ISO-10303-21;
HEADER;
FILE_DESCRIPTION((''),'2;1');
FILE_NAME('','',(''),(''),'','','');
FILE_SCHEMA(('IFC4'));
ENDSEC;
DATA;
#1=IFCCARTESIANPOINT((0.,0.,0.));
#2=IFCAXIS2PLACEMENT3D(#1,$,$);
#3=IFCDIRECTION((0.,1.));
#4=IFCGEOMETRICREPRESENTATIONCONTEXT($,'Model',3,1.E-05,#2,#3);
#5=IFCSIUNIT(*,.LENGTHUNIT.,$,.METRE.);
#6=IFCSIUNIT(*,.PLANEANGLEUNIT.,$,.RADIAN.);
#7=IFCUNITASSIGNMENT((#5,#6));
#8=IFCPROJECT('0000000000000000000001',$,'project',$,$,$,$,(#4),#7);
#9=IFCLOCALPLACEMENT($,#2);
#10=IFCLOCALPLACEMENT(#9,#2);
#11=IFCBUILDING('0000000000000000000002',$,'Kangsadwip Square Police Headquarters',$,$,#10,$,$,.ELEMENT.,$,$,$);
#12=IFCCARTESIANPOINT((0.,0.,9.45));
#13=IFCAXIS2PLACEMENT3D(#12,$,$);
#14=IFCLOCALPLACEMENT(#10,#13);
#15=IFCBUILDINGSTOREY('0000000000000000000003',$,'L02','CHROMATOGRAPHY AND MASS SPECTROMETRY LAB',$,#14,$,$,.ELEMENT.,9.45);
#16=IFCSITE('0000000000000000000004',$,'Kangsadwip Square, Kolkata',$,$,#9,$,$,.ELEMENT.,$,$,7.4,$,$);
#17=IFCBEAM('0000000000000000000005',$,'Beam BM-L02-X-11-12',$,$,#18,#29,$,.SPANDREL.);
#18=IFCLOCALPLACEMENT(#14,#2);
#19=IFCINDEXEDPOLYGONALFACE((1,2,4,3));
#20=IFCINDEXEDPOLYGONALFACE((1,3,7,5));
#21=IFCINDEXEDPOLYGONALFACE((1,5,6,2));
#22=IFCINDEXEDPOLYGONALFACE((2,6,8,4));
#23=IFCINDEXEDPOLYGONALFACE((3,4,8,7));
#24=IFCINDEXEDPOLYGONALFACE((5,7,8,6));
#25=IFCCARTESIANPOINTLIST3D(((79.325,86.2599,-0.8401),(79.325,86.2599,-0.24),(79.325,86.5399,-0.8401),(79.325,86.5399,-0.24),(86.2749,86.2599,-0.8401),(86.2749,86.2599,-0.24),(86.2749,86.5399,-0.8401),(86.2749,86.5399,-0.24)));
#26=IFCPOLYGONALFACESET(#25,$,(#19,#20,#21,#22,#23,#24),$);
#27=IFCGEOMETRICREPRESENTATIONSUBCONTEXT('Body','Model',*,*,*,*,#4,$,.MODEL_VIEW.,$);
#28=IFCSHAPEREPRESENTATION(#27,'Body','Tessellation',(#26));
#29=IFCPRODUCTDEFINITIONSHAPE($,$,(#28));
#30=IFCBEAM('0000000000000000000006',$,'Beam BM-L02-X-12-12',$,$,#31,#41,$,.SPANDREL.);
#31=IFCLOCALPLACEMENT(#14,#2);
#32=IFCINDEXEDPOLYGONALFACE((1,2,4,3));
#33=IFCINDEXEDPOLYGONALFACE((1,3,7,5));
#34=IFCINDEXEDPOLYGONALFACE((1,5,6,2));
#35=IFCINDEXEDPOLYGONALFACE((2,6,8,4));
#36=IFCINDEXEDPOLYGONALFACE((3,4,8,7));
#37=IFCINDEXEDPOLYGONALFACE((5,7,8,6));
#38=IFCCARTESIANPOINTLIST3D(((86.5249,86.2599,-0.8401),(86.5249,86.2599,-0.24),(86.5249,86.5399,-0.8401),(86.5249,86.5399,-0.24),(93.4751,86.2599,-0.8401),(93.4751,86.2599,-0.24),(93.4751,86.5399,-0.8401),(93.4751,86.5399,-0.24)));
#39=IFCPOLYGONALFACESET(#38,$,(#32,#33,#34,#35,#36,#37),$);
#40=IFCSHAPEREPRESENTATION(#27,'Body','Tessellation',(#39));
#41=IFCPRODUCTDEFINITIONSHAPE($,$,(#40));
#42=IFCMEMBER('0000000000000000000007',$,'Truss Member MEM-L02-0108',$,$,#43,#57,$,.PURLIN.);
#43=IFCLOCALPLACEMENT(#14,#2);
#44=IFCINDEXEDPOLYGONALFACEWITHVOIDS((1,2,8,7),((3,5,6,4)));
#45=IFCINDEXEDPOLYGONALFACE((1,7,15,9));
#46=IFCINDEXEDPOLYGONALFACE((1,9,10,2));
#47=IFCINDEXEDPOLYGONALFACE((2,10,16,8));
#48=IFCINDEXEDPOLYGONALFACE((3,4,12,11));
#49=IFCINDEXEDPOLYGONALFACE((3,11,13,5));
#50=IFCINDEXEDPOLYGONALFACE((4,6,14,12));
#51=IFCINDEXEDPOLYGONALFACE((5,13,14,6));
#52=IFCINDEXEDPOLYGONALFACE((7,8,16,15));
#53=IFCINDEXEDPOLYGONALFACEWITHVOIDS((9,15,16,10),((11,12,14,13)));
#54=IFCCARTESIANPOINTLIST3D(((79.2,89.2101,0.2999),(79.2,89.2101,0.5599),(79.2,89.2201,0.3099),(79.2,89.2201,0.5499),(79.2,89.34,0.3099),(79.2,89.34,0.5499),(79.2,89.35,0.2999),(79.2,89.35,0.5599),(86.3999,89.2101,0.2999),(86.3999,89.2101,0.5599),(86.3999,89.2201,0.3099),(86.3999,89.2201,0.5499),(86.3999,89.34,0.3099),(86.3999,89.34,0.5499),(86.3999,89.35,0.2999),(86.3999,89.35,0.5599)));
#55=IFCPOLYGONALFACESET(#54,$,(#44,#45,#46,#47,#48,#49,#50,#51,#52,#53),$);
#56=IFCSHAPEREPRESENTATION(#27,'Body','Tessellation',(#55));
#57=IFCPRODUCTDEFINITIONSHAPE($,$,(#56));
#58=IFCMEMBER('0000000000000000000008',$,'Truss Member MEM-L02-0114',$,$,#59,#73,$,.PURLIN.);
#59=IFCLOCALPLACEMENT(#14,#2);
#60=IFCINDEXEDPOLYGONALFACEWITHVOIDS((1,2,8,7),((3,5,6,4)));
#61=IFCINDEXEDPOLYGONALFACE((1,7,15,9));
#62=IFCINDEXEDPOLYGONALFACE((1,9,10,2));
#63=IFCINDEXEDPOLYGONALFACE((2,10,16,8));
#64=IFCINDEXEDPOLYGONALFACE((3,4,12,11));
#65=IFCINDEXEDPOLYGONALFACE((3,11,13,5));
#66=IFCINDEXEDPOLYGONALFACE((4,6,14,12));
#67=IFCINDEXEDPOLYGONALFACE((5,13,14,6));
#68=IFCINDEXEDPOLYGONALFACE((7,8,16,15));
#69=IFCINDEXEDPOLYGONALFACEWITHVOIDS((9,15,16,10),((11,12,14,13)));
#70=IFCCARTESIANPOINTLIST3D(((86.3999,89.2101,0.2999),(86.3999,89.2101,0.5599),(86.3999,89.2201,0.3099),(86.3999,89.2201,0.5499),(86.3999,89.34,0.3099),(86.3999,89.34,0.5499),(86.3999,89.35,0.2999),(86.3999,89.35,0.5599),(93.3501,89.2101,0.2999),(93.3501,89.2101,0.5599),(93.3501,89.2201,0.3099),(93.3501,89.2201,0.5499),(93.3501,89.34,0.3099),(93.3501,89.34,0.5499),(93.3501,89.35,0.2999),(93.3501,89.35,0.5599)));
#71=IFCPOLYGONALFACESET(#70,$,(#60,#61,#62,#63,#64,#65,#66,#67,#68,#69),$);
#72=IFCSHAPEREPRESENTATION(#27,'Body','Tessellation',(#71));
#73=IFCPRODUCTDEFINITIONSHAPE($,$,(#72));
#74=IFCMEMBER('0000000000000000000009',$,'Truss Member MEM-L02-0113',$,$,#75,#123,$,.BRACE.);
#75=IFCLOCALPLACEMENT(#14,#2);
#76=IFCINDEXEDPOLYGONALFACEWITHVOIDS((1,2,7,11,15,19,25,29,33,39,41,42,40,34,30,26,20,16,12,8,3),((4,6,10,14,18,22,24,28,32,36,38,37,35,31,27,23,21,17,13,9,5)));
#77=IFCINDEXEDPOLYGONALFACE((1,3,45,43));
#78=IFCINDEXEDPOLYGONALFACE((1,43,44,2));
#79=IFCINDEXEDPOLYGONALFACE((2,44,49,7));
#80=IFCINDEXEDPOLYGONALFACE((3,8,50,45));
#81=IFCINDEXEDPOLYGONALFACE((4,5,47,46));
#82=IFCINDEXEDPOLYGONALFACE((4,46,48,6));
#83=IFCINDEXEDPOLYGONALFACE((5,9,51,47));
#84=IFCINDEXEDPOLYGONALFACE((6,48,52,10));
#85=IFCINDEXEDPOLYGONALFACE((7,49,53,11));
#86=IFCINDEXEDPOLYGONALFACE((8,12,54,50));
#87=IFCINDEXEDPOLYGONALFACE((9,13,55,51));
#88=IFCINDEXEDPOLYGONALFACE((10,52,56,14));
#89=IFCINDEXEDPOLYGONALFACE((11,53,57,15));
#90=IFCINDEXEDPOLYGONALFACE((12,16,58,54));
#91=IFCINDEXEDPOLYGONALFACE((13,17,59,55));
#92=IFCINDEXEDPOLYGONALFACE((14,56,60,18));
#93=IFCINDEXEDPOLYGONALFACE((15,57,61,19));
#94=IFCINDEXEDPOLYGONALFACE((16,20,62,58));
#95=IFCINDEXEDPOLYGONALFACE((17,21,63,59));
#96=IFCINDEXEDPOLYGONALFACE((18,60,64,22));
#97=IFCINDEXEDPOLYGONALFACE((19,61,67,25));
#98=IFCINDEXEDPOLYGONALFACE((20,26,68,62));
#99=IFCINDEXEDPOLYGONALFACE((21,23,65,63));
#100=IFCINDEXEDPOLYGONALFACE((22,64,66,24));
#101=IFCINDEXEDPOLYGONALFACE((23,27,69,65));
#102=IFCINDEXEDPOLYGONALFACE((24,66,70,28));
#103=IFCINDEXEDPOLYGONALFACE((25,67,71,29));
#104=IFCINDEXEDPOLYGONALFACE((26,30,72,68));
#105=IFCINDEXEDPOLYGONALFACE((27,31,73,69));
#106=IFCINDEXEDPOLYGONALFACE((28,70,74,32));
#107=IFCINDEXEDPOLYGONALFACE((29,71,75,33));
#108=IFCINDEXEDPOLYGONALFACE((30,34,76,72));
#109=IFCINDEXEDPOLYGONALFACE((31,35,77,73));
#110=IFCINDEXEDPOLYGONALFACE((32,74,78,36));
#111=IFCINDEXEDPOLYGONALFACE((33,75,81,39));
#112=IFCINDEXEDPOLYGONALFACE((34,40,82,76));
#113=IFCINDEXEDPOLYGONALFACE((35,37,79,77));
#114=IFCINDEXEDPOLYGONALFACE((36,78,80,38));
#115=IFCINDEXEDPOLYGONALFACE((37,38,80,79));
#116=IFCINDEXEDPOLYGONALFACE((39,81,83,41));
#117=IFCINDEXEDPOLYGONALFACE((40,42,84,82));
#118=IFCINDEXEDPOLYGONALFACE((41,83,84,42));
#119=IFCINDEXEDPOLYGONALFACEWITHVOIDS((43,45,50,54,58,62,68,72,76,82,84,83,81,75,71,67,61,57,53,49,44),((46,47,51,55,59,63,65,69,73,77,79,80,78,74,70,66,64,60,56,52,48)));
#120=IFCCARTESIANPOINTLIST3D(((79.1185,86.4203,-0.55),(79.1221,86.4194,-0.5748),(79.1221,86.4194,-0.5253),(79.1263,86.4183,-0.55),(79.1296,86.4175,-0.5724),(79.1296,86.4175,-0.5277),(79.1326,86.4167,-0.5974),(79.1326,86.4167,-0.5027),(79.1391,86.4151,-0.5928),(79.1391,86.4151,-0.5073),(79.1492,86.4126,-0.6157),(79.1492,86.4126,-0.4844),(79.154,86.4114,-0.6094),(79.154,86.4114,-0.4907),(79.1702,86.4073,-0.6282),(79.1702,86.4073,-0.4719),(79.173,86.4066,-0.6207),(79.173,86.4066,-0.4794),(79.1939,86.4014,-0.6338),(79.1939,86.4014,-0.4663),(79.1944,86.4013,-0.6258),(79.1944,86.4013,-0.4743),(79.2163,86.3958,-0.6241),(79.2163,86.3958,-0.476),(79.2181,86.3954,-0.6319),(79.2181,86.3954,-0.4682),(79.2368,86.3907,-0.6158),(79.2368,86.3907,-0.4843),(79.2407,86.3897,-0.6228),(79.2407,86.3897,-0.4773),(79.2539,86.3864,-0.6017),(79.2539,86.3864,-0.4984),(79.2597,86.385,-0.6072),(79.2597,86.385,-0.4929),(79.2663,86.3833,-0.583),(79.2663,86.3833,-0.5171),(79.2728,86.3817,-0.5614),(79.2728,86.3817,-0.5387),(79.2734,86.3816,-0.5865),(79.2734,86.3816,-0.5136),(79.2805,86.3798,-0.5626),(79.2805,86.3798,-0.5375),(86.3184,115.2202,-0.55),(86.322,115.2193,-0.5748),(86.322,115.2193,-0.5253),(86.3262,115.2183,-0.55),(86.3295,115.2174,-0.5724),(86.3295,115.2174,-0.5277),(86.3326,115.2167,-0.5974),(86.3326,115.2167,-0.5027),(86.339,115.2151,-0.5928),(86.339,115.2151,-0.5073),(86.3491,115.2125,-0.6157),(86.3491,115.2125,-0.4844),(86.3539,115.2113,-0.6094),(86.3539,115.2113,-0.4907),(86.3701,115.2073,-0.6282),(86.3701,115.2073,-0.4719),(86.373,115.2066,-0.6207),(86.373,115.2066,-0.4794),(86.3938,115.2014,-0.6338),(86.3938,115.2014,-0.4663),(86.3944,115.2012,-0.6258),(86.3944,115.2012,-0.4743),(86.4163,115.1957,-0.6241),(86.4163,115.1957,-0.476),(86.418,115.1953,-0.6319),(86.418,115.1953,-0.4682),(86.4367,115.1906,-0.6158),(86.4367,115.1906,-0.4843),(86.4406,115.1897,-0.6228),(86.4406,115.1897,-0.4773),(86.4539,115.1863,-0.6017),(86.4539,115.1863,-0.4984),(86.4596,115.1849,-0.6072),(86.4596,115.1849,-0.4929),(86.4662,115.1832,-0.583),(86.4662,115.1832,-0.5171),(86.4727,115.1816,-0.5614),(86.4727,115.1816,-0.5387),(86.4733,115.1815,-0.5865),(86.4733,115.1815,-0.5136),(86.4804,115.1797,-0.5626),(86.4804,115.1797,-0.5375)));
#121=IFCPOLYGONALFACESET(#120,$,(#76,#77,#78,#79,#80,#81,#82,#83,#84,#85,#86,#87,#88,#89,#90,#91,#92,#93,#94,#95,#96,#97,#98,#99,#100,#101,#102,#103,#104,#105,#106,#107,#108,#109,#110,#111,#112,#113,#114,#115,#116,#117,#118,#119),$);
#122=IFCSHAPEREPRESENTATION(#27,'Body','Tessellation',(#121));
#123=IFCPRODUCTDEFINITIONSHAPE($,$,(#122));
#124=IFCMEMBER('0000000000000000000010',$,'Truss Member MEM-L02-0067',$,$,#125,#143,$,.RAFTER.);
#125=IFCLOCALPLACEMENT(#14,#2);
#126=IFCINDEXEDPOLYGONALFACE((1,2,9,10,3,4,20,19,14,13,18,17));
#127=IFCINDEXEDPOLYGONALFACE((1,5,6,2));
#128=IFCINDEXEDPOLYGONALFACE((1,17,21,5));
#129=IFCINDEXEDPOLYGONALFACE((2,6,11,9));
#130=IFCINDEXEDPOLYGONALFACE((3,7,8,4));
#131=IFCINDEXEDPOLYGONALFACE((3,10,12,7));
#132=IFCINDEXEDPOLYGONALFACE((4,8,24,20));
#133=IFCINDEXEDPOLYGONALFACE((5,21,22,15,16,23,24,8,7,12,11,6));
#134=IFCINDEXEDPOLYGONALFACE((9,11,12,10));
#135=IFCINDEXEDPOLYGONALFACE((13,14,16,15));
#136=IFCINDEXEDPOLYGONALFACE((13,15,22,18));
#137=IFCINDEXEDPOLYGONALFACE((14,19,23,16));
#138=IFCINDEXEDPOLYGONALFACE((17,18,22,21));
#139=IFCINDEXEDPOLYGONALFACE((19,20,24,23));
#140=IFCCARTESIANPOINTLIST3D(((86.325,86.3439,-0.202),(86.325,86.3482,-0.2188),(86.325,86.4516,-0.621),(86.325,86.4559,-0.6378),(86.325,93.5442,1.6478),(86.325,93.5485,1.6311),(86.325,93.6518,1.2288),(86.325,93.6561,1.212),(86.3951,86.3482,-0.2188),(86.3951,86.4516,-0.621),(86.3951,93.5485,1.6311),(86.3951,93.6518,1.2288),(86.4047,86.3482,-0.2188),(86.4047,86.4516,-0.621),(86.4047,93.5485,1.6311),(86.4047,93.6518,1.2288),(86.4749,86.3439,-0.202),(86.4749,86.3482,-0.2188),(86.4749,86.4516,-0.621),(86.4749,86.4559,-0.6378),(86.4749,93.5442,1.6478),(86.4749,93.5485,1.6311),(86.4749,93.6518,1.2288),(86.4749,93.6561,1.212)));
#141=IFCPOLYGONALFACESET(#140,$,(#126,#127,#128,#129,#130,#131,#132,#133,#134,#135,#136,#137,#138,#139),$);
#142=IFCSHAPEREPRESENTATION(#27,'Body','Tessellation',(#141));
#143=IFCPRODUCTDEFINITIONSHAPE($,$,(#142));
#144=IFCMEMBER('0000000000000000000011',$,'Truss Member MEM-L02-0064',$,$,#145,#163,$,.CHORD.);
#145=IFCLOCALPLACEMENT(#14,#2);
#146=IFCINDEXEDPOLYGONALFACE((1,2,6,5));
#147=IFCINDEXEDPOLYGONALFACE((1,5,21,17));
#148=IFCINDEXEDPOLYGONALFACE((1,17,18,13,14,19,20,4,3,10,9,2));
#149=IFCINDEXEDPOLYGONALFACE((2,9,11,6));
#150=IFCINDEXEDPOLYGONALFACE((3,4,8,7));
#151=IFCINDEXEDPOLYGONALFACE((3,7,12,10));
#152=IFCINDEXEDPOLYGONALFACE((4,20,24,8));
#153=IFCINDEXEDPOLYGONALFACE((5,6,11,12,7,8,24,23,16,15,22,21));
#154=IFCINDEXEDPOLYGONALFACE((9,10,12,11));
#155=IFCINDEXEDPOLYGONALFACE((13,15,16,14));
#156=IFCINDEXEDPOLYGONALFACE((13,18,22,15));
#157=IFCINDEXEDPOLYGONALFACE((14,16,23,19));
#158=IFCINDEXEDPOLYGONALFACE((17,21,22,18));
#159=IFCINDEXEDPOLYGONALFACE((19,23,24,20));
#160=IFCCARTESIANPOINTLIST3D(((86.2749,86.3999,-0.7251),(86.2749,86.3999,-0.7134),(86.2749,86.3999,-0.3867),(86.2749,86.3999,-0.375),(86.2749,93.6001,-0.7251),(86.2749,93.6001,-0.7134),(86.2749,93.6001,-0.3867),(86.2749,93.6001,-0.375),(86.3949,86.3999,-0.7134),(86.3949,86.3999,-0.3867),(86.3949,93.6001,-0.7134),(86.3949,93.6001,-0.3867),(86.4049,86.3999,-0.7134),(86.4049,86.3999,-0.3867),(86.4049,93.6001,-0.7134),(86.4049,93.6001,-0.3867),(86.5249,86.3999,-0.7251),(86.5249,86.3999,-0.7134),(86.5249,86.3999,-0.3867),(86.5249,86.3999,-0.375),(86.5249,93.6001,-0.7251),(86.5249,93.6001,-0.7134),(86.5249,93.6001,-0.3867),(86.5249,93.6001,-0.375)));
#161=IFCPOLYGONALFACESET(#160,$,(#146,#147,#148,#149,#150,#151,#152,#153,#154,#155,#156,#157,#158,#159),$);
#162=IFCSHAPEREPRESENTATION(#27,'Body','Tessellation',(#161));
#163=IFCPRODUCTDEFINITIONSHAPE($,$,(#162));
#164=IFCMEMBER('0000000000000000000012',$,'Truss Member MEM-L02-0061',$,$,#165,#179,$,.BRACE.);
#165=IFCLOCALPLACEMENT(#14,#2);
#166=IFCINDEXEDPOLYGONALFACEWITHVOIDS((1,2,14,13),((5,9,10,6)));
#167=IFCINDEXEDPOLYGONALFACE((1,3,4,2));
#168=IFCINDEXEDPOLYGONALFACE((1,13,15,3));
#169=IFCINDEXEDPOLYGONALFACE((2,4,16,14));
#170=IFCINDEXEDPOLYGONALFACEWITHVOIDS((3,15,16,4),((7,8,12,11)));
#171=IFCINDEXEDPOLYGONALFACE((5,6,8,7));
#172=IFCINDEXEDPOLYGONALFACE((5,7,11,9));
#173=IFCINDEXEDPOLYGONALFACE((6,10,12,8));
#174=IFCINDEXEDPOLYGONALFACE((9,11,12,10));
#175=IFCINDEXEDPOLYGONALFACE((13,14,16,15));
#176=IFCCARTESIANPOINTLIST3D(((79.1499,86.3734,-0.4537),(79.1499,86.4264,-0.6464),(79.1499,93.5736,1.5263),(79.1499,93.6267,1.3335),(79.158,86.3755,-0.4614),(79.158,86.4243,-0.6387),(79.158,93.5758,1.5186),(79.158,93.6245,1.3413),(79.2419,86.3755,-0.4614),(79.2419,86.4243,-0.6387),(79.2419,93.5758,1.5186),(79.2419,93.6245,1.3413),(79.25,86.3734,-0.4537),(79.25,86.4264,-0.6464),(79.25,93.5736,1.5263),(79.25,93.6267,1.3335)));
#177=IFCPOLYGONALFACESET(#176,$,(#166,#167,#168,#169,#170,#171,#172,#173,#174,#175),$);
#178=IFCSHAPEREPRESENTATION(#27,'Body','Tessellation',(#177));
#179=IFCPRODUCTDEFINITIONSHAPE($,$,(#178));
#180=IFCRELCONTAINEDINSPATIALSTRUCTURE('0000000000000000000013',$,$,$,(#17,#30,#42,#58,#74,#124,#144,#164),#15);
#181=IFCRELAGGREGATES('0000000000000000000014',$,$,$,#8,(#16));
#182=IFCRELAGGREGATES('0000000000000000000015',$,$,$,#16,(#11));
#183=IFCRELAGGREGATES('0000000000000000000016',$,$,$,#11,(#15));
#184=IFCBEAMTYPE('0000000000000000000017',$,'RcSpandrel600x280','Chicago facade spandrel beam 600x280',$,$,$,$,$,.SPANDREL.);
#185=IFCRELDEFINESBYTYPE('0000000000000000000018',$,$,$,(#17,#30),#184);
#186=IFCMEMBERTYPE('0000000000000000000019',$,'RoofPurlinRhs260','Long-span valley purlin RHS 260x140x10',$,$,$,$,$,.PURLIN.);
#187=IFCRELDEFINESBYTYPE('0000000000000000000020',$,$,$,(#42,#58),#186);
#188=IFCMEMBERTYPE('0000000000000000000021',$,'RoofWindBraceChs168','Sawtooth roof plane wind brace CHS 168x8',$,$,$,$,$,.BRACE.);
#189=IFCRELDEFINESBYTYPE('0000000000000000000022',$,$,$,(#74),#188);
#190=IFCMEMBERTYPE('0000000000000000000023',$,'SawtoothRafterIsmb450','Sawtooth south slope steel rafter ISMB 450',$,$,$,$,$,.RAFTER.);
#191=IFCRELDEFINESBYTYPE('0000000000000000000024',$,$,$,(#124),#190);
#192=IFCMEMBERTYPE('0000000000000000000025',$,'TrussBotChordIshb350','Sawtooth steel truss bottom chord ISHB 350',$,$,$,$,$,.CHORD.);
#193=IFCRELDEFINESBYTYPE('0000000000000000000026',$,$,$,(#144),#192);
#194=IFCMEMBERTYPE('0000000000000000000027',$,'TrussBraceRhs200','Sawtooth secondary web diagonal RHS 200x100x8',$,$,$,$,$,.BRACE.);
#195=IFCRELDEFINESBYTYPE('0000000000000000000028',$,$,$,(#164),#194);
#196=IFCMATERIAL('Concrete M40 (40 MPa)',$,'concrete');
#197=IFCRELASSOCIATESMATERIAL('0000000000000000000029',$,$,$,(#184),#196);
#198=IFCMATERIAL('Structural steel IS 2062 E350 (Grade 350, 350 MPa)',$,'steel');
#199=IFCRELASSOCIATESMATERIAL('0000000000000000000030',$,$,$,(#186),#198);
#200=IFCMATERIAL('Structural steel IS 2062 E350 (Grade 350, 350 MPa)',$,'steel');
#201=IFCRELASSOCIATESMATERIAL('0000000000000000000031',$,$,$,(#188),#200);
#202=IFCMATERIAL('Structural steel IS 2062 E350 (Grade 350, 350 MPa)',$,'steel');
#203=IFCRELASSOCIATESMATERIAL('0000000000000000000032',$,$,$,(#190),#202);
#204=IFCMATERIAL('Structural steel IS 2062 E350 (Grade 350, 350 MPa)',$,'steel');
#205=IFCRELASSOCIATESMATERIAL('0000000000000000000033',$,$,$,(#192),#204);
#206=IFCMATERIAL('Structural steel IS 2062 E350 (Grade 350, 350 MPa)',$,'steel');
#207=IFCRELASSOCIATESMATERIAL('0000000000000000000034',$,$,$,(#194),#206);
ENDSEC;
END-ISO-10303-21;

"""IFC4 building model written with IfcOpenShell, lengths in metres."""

from ifc_helpers import new_model, si_unit, direction, frame, origin, origin_2d, place, context, subcontext, project, spatial, rectangle, hollow_rectangle, hollow_circle, i_section, extrude, material, material_profile, profile_set, type_object, element, save


model = new_model("IFC4")

# Units and contexts
model_context = context("Model", 3, precision=1e-05, world=origin(), true_north=direction((0.0, 1.0)))
body_context = subcontext(model_context, "Body", "Model", "MODEL_VIEW")
ifc_project = project(units=[si_unit("LENGTHUNIT", "METRE"), si_unit("PLANEANGLEUNIT", "RADIAN")], contexts=[model_context])

# Site, building, storey
site_placement = place(None, origin())
site = spatial("IfcSite", under=ifc_project, at=site_placement, Name="Kangsadwip Square, Kolkata", CompositionType="ELEMENT", RefElevation=7.4)
building_placement = place(site_placement, origin())
building = spatial("IfcBuilding", under=site, at=building_placement, Name="Kangsadwip Square Police Headquarters", CompositionType="ELEMENT")
storey_placement = place(building_placement, frame((0.0, 0.0, 9.45)))
storey = spatial("IfcBuildingStorey", under=building, at=storey_placement, Name="L02", Description="CHROMATOGRAPHY AND MASS SPECTROMETRY LAB", CompositionType="ELEMENT", Elevation=9.45)

# Beams
ifc_material_1 = material(Name="Concrete M40 (40 MPa)", Category="concrete")
ifc_material_profile_1 = material_profile(ifc_material_1, rectangle(XDim=0.28, YDim=0.6001, at=origin_2d()), Name="RC SPN 600X280")
ifc_profile_set_1 = profile_set([ifc_material_profile_1], Name="Concrete M40 (40 MPa)")
beam_type = type_object("IfcBeamType", Name="RcSpandrel600x280", Description="Chicago facade spandrel beam 600x280", PredefinedType="SPANDREL", material=ifc_profile_set_1)
beam_1_placement = place(storey_placement, frame((79.325, 86.3999, -0.54), z_axis=(1.0, 0.0, 0.0), x_axis=(0.0, 1.0, 0.0)))
element("IfcBeam", 1, at=beam_1_placement, inside=storey, type_object=beam_type, Name="Beam BM-L02-X-11-12", PredefinedType="SPANDREL", context=body_context, shape_type="SweptSolid", body=[
    extrude(rectangle(XDim=0.28, YDim=0.6001, at=origin_2d()), origin(), (0.0, 0.0, 1.0), 6.95),
])
beam_2_placement = place(storey_placement, frame((86.5249, 86.3999, -0.54), z_axis=(1.0, 0.0, 0.0), x_axis=(0.0, 1.0, 0.0)))
element("IfcBeam", 2, at=beam_2_placement, inside=storey, type_object=beam_type, Name="Beam BM-L02-X-12-12", PredefinedType="SPANDREL", context=body_context, shape_type="SweptSolid", body=[
    extrude(rectangle(XDim=0.28, YDim=0.6001, at=origin_2d()), origin(), (0.0, 0.0, 1.0), 6.9502),
])

# Members
ifc_material_2 = material(Name="Structural steel IS 2062 E350 (Grade 350, 350 MPa)", Category="steel")
ifc_material_profile_2 = material_profile(ifc_material_2, hollow_rectangle(XDim=0.1399, YDim=0.26, WallThickness=0.01, at=origin_2d()), Name="RHS 260X140X10")
ifc_profile_set_2 = profile_set([ifc_material_profile_2], Name="Structural steel IS 2062 E350 (Grade 350, 350 MPa)")
member_type_1 = type_object("IfcMemberType", Name="RoofPurlinRhs260", Description="Long-span valley purlin RHS 260x140x10", PredefinedType="PURLIN", material=ifc_profile_set_2)
member_1_placement = place(storey_placement, frame((79.2, 89.28, 0.4299), z_axis=(1.0, 0.0, 0.0), x_axis=(0.0, 1.0, 0.0)))
element("IfcMember", 3, at=member_1_placement, inside=storey, type_object=member_type_1, Name="Truss Member MEM-L02-0108", PredefinedType="PURLIN", context=body_context, shape_type="SweptSolid", body=[
    extrude(hollow_rectangle(XDim=0.1399, YDim=0.26, WallThickness=0.01, at=origin_2d()), origin(), (0.0, 0.0, 1.0), 7.2),
])
member_2_placement = place(storey_placement, frame((86.3999, 89.28, 0.4299), z_axis=(1.0, 0.0, 0.0), x_axis=(0.0, 1.0, 0.0)))
element("IfcMember", 4, at=member_2_placement, inside=storey, type_object=member_type_1, Name="Truss Member MEM-L02-0114", PredefinedType="PURLIN", context=body_context, shape_type="SweptSolid", body=[
    extrude(hollow_rectangle(XDim=0.1399, YDim=0.26, WallThickness=0.01, at=origin_2d()), origin(), (0.0, 0.0, 1.0), 6.9502),
])
ifc_material_3 = material(Name="Structural steel IS 2062 E350 (Grade 350, 350 MPa)", Category="steel")
ifc_material_profile_3 = material_profile(ifc_material_3, hollow_circle(Radius=0.084, WallThickness=0.0081, at=origin_2d()), Name="CHS 168X8")
ifc_profile_set_3 = profile_set([ifc_material_profile_3], Name="Structural steel IS 2062 E350 (Grade 350, 350 MPa)")
member_type_2 = type_object("IfcMemberType", Name="RoofWindBraceChs168", Description="Sawtooth roof plane wind brace CHS 168x8", PredefinedType="BRACE", material=ifc_profile_set_3)
member_3_placement = place(storey_placement, frame((79.2, 86.3999, -0.55), z_axis=(0.242534, 0.970143, 0.0), x_axis=(-0.970143, 0.242534, 0.0)))
element("IfcMember", 5, at=member_3_placement, inside=storey, type_object=member_type_2, Name="Truss Member MEM-L02-0113", PredefinedType="BRACE", context=body_context, shape_type="SweptSolid", body=[
    extrude(hollow_circle(Radius=0.084, WallThickness=0.0081, at=origin_2d()), origin(), (0.0, 0.0, 1.0), 29.6863),
])
ifc_material_4 = material(Name="Structural steel IS 2062 E350 (Grade 350, 350 MPa)", Category="steel")
ifc_material_profile_4 = material_profile(ifc_material_4, i_section(OverallWidth=0.1499, OverallDepth=0.45, WebThickness=0.0095, FlangeThickness=0.0173, at=origin_2d()), Name="ISMB 450")
ifc_profile_set_4 = profile_set([ifc_material_profile_4], Name="Structural steel IS 2062 E350 (Grade 350, 350 MPa)")
member_type_3 = type_object("IfcMemberType", Name="SawtoothRafterIsmb450", Description="Sawtooth south slope steel rafter ISMB 450", PredefinedType="RAFTER", material=ifc_profile_set_4)
member_4_placement = place(storey_placement, frame((86.3999, 86.3999, -0.4199), z_axis=(0.0, 0.968546, 0.248836), x_axis=(-1.0, 0.0, 0.0)))
element("IfcMember", 6, at=member_4_placement, inside=storey, type_object=member_type_3, Name="Truss Member MEM-L02-0067", PredefinedType="RAFTER", context=body_context, shape_type="SweptSolid", body=[
    extrude(i_section(OverallWidth=0.1499, OverallDepth=0.45, WebThickness=0.0095, FlangeThickness=0.0173, at=origin_2d()), origin(), (0.0, 0.0, 1.0), 7.4341),
])
ifc_material_5 = material(Name="Structural steel IS 2062 E350 (Grade 350, 350 MPa)", Category="steel")
ifc_material_profile_5 = material_profile(ifc_material_5, i_section(OverallWidth=0.25, OverallDepth=0.3501, WebThickness=0.01, FlangeThickness=0.0117, at=origin_2d()), Name="ISHB 350")
ifc_profile_set_5 = profile_set([ifc_material_profile_5], Name="Structural steel IS 2062 E350 (Grade 350, 350 MPa)")
member_type_4 = type_object("IfcMemberType", Name="TrussBotChordIshb350", Description="Sawtooth steel truss bottom chord ISHB 350", PredefinedType="CHORD", material=ifc_profile_set_5)
member_5_placement = place(storey_placement, frame((86.3999, 86.3999, -0.55), z_axis=(0.0, 1.0, 0.0), x_axis=(-1.0, 0.0, 0.0)))
element("IfcMember", 7, at=member_5_placement, inside=storey, type_object=member_type_4, Name="Truss Member MEM-L02-0064", PredefinedType="CHORD", context=body_context, shape_type="SweptSolid", body=[
    extrude(i_section(OverallWidth=0.25, OverallDepth=0.3501, WebThickness=0.01, FlangeThickness=0.0117, at=origin_2d()), origin(), (0.0, 0.0, 1.0), 7.2002),
])
ifc_material_6 = material(Name="Structural steel IS 2062 E350 (Grade 350, 350 MPa)", Category="steel")
ifc_material_profile_6 = material_profile(ifc_material_6, hollow_rectangle(XDim=0.1001, YDim=0.2, WallThickness=0.0081, at=origin_2d()), Name="RHS 200X100X8")
ifc_profile_set_6 = profile_set([ifc_material_profile_6], Name="Structural steel IS 2062 E350 (Grade 350, 350 MPa)")
member_type_5 = type_object("IfcMemberType", Name="TrussBraceRhs200", Description="Sawtooth secondary web diagonal RHS 200x100x8", PredefinedType="BRACE", material=ifc_profile_set_6)
for number, where, z_axis, x_axis, name in (
    (8, (79.2, 86.3999, -0.55), (0.0, 0.964208, 0.265147), (-1.0, 0.0, 0.0), "Truss Member MEM-L02-0061"),
):
    element("IfcMember", number, at=place(storey_placement, frame(where, z_axis=z_axis, x_axis=x_axis)), inside=storey, type_object=member_type_5, Name=name, PredefinedType="BRACE", context=body_context, shape_type="SweptSolid", body=[
        extrude(hollow_rectangle(XDim=0.1001, YDim=0.2, WallThickness=0.0081, at=origin_2d()), origin(), (0.0, 0.0, 1.0), 7.4675),
    ])

save(model, "model.ifc")
